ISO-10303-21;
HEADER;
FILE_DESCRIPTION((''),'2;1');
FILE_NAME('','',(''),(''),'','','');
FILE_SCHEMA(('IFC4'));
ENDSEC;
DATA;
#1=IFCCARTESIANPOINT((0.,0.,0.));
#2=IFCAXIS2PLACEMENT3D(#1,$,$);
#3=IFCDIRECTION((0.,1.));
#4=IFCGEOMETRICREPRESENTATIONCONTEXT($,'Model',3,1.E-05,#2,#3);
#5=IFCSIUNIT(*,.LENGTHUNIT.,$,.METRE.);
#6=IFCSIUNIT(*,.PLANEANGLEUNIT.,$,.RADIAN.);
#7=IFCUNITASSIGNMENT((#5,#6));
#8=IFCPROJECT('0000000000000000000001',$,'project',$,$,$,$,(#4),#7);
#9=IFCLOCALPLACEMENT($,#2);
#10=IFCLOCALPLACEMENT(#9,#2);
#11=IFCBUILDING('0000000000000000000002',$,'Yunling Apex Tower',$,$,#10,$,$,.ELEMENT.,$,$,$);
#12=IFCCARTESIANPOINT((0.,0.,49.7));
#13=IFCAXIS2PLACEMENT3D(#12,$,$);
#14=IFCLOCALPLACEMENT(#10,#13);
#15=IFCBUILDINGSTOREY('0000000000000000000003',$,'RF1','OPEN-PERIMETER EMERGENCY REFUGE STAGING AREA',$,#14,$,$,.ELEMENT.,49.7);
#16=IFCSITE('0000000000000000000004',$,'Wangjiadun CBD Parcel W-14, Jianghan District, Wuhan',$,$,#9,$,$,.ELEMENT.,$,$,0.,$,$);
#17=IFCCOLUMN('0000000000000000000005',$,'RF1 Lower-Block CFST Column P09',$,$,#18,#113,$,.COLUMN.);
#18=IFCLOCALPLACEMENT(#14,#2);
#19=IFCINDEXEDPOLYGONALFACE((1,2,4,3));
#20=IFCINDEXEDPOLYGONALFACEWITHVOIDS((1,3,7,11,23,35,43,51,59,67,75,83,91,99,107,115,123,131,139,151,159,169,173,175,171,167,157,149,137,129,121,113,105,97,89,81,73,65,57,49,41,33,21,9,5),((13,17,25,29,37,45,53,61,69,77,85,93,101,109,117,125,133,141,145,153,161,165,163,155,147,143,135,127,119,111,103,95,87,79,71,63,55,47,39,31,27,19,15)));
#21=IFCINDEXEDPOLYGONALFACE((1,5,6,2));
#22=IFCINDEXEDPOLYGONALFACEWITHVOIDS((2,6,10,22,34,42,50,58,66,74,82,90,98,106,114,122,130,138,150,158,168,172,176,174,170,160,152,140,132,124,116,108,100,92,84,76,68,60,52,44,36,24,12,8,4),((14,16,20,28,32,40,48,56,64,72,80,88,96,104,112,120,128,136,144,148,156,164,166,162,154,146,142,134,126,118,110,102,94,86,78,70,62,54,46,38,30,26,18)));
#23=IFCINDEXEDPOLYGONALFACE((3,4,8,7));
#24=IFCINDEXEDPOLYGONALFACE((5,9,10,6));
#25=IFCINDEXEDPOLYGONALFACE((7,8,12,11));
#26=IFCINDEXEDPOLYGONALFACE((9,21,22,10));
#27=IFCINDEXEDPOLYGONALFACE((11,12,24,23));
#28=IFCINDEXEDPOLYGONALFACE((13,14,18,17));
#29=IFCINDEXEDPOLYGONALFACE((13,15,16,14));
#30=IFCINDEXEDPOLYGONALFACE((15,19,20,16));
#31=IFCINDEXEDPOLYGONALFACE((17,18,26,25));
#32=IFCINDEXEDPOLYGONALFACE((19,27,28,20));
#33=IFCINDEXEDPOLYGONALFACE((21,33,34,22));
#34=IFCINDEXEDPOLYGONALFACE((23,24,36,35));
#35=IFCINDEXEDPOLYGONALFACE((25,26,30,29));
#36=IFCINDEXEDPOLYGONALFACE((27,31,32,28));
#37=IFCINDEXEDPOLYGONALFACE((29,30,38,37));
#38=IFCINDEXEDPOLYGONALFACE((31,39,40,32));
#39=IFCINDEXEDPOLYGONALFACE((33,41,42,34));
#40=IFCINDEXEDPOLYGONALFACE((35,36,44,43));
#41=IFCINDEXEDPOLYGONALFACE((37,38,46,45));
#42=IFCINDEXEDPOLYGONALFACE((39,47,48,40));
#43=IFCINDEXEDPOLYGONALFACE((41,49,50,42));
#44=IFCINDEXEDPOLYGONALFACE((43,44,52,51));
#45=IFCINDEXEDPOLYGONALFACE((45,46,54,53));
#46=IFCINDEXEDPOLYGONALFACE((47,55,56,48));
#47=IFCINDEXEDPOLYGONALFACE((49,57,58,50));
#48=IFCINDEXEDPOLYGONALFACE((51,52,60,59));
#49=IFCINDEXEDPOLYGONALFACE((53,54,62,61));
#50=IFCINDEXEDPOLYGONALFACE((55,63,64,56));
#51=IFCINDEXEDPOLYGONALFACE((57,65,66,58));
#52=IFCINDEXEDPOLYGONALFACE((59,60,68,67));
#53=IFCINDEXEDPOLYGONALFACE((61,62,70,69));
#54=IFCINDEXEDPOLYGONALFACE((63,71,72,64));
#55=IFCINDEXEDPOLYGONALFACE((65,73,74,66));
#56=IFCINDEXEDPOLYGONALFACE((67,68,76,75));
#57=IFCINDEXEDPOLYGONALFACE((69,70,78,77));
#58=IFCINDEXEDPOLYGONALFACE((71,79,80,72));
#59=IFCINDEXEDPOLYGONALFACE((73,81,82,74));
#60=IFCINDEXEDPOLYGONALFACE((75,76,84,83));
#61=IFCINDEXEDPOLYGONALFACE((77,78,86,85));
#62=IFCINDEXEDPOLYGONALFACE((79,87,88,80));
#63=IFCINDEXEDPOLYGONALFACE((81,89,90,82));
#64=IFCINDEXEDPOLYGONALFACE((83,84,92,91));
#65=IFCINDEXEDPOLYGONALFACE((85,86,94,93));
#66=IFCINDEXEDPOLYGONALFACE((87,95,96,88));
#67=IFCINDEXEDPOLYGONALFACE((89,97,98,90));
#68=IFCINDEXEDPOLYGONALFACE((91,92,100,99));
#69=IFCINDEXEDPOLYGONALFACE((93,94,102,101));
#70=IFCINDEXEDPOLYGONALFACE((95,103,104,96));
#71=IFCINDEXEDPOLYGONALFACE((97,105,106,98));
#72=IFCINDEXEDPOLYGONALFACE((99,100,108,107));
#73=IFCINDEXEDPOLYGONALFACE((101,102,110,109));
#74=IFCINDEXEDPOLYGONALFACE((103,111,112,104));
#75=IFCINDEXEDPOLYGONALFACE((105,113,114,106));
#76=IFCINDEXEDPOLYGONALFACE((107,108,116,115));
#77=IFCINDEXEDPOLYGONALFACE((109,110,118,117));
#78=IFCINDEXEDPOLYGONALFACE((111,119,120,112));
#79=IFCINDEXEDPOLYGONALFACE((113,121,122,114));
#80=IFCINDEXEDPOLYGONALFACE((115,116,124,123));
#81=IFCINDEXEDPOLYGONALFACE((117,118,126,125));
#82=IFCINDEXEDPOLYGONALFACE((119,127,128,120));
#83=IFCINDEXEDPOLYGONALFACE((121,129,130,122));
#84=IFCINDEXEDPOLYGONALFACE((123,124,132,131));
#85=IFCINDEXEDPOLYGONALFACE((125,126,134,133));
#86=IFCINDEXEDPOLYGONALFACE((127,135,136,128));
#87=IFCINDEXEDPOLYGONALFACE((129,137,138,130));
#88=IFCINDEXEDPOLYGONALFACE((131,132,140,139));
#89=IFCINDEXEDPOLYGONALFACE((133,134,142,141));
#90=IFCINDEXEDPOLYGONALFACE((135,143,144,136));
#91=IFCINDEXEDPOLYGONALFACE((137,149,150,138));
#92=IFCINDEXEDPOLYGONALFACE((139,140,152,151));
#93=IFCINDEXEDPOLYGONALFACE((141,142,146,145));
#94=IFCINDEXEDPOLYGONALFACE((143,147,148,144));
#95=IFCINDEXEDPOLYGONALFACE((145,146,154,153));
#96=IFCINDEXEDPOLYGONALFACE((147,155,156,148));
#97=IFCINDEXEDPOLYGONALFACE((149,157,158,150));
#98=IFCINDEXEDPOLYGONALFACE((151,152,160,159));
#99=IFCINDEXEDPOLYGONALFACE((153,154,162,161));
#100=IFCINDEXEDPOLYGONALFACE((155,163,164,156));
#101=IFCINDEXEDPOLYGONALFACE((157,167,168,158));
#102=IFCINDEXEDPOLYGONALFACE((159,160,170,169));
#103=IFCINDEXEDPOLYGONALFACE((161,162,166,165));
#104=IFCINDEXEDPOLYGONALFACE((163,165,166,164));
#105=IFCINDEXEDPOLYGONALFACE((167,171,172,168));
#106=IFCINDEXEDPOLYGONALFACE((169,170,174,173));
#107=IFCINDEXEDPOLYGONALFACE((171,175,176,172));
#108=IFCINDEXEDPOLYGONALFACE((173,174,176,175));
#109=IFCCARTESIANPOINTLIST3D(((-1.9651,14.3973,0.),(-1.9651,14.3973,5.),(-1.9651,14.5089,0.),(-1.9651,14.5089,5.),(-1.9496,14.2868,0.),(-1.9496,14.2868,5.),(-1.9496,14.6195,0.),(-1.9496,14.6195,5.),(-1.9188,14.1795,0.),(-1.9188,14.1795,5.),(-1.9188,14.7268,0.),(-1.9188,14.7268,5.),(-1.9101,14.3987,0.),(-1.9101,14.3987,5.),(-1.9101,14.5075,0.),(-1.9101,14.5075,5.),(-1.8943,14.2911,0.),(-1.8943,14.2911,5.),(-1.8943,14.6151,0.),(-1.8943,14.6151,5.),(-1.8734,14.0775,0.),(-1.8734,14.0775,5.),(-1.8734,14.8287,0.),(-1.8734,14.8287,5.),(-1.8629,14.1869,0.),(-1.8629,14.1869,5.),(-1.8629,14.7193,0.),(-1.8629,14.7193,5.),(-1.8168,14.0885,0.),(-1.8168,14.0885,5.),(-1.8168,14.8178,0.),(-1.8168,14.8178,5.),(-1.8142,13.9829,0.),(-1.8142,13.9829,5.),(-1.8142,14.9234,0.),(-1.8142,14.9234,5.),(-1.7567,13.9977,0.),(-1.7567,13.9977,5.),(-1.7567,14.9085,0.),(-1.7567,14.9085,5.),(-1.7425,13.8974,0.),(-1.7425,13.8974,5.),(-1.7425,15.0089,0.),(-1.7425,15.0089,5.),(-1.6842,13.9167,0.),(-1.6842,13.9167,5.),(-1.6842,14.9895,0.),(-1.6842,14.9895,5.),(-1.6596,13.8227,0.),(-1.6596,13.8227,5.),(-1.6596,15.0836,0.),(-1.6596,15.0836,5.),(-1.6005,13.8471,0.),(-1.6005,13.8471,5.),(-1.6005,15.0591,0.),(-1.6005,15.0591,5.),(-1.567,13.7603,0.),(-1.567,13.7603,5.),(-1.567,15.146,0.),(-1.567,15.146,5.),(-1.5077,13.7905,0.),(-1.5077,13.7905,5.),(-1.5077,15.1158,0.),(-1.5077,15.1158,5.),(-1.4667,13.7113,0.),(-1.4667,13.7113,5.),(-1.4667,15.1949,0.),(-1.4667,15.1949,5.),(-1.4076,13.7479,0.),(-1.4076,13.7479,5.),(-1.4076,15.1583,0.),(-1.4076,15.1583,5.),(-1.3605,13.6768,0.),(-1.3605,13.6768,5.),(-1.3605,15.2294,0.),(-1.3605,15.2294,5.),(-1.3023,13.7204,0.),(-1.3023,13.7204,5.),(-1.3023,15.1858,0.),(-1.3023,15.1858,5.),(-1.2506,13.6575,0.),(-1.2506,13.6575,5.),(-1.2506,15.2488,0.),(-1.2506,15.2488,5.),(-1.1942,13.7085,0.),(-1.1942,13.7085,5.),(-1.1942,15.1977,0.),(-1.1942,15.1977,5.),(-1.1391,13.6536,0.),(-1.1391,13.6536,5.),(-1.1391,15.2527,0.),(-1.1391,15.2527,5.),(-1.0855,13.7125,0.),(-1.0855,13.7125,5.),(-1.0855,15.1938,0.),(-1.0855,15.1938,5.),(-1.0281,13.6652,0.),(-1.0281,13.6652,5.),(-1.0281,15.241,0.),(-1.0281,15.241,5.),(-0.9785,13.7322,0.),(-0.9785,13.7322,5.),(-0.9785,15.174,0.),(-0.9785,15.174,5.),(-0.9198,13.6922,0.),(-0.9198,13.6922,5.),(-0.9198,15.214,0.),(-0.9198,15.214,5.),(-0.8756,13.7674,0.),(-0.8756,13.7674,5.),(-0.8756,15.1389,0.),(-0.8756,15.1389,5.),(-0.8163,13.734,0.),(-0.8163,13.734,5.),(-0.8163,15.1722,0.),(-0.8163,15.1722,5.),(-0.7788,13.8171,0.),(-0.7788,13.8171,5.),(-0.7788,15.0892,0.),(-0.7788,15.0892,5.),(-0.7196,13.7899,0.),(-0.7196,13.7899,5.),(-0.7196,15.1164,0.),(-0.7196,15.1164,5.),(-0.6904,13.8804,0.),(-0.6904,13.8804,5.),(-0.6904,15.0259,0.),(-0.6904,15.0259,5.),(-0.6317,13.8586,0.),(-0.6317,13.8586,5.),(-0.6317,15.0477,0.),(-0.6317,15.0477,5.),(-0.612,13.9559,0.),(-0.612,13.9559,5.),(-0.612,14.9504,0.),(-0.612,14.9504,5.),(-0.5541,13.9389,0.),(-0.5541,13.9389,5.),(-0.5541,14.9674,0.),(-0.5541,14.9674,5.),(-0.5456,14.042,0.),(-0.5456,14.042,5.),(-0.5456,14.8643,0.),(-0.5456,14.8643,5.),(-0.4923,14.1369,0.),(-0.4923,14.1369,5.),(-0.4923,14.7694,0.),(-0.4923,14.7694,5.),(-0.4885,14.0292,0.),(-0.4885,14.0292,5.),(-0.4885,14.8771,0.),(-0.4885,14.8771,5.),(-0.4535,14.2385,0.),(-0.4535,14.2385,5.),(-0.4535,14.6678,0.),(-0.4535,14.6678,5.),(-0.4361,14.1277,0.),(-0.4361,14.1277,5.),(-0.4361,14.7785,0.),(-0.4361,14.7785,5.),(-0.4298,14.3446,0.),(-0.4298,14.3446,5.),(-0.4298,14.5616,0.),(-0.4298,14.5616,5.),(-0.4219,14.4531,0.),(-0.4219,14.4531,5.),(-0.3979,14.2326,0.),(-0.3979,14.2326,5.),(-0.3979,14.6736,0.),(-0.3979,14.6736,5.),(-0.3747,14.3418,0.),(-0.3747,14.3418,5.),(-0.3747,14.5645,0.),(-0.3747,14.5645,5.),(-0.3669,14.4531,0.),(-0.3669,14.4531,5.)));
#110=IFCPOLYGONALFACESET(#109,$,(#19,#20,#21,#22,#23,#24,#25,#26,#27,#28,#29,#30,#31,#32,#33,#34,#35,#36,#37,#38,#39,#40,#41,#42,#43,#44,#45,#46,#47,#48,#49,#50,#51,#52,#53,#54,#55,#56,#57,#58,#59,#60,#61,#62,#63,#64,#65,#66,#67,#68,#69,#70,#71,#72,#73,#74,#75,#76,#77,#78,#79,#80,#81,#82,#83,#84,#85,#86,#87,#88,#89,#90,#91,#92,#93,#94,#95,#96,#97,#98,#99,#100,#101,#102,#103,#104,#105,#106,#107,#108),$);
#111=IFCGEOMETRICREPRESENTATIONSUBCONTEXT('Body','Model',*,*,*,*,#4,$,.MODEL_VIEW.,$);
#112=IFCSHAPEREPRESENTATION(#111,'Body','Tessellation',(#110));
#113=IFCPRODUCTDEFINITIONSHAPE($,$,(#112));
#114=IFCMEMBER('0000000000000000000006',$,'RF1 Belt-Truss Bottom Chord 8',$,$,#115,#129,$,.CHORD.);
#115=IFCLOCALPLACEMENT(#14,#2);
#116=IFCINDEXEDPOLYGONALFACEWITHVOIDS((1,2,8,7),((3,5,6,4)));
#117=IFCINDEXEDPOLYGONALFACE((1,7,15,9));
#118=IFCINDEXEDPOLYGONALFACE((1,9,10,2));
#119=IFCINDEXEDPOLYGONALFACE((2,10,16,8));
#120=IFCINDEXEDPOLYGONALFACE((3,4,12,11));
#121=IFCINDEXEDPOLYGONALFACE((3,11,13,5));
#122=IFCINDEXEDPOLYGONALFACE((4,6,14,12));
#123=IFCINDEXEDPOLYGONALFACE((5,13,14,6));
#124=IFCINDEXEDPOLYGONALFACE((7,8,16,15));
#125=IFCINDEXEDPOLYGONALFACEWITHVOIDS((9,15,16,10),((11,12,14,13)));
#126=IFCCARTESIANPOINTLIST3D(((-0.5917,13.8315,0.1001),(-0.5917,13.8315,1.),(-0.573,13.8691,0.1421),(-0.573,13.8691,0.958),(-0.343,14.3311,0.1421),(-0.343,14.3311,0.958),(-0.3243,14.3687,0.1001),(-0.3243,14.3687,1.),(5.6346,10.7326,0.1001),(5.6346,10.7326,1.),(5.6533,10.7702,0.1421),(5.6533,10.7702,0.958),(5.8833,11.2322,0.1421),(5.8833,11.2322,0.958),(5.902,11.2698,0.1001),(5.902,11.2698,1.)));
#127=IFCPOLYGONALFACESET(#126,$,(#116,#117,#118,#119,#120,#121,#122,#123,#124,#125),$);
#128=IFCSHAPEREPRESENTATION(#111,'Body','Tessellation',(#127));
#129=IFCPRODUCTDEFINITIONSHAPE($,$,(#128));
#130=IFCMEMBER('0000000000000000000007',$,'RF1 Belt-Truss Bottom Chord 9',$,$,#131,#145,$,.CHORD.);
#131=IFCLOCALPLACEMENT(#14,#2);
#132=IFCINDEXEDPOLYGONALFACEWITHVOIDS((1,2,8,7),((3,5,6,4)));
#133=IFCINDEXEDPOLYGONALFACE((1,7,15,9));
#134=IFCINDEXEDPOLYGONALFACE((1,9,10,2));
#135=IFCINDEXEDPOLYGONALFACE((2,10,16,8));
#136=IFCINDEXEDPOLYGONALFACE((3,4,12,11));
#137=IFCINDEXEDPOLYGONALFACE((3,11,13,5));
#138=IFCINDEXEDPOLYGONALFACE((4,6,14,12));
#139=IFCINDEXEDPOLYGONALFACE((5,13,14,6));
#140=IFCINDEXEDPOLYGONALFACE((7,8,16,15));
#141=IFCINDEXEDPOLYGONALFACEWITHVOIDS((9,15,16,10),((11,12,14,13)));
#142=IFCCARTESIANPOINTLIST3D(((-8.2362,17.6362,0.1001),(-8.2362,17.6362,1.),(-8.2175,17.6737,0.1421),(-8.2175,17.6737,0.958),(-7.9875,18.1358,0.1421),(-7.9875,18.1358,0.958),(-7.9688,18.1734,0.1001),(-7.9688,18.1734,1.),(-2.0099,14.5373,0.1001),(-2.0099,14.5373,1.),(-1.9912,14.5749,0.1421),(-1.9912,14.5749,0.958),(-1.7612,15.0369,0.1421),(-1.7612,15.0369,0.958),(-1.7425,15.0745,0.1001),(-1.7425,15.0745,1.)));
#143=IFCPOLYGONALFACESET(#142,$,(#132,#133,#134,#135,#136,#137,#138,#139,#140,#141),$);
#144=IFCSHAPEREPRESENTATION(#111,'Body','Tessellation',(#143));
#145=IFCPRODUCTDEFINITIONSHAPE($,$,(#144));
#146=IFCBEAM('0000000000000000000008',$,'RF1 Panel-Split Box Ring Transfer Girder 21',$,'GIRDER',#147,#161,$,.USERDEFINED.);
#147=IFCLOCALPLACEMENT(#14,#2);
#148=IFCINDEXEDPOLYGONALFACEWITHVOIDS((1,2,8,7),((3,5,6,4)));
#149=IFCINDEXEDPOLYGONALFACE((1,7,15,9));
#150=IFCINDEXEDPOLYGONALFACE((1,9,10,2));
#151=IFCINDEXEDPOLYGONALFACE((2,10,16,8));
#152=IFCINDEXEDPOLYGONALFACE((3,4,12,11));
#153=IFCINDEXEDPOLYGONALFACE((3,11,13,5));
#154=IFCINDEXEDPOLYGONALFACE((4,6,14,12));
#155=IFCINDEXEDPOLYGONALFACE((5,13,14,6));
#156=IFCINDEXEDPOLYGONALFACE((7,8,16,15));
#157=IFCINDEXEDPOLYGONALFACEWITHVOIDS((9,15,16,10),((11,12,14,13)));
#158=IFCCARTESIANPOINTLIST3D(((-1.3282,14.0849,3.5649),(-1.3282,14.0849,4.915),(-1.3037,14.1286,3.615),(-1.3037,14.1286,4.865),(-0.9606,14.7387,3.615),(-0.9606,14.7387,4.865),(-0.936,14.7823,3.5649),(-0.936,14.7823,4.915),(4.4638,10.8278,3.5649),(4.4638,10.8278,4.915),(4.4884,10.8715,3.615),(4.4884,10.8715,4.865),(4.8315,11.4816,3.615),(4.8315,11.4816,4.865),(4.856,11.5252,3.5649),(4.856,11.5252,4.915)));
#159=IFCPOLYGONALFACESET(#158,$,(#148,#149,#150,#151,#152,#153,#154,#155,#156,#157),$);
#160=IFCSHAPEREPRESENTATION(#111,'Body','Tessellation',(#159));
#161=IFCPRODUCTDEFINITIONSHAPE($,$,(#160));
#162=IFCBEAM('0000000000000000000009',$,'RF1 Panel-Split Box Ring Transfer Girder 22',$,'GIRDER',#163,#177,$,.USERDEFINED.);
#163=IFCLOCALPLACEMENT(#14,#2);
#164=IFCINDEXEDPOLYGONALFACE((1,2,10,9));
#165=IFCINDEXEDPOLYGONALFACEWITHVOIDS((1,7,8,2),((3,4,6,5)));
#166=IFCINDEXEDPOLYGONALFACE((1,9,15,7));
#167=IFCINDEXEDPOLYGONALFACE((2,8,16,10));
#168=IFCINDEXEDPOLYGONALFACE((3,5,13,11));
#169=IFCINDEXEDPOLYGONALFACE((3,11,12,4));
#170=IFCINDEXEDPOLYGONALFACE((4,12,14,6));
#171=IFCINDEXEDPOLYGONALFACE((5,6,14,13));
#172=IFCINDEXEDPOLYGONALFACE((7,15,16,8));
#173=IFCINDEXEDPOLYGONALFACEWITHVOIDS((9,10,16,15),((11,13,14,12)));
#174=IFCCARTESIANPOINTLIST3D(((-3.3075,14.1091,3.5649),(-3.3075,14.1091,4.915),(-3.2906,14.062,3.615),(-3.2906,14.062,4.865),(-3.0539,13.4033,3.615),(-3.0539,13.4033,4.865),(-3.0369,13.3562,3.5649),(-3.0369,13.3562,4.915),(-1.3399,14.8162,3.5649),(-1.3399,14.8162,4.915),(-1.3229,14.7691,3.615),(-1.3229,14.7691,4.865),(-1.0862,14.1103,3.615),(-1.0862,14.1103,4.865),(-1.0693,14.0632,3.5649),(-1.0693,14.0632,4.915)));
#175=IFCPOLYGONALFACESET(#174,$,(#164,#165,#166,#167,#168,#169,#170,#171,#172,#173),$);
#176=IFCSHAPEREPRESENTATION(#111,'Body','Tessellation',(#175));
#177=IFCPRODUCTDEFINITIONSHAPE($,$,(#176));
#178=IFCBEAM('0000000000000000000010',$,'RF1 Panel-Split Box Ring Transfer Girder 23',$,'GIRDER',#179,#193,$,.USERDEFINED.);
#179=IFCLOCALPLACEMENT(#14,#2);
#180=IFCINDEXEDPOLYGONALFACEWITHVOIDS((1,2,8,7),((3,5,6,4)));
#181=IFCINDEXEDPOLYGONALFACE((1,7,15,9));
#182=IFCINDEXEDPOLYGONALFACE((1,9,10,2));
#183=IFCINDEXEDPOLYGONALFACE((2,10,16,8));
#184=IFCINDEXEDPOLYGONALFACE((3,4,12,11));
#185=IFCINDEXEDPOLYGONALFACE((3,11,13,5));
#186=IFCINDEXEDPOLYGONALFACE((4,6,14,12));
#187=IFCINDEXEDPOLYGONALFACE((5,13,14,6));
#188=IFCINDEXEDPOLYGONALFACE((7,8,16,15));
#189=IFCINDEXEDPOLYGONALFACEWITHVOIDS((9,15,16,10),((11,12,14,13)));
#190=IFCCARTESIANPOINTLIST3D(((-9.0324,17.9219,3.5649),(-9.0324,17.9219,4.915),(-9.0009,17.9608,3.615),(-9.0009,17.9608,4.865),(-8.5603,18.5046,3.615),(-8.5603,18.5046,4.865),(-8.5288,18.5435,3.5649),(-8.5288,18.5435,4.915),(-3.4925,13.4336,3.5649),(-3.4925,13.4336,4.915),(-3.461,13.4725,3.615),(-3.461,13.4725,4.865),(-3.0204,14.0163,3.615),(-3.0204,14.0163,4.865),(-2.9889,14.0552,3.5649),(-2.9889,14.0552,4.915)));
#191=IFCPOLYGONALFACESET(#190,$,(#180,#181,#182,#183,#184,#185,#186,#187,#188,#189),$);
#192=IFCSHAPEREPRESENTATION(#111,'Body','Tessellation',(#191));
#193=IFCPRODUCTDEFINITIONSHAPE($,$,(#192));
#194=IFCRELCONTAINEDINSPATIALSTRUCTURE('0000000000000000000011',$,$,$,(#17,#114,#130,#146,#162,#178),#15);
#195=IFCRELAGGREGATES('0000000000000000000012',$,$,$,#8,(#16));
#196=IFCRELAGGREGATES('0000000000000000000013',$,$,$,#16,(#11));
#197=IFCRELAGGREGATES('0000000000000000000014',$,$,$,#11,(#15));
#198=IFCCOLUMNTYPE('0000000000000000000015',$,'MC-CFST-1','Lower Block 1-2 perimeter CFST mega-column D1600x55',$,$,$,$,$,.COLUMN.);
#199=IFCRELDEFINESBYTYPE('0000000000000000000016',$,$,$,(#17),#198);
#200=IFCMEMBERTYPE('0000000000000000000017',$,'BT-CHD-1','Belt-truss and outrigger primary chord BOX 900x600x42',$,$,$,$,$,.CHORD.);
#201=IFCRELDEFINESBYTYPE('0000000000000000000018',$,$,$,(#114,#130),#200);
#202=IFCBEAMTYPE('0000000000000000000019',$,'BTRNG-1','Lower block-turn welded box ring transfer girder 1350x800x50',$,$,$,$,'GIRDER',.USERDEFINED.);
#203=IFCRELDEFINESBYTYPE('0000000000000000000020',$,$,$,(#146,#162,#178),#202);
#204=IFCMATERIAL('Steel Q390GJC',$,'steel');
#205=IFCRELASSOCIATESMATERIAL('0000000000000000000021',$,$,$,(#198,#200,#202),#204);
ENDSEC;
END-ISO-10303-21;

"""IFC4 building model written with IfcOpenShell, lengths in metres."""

from ifc_helpers import new_model, si_unit, direction, frame, origin, origin_2d, place, context, subcontext, project, spatial, hollow_rectangle, hollow_circle, extrude, source, transform, mapped, material, material_profile, profile_set, type_object, element, save


model = new_model("IFC4")

# Units and contexts
model_context = context("Model", 3, precision=1e-05, world=origin(), true_north=direction((0.0, 1.0)))
body_context = subcontext(model_context, "Body", "Model", "MODEL_VIEW")
ifc_project = project(units=[si_unit("LENGTHUNIT", "METRE"), si_unit("PLANEANGLEUNIT", "RADIAN")], contexts=[model_context])

# Site, building, storey
site_placement = place(None, origin())
site = spatial("IfcSite", under=ifc_project, at=site_placement, Name="Wangjiadun CBD Parcel W-14, Jianghan District, Wuhan", CompositionType="ELEMENT", RefElevation=0.0)
building_placement = place(site_placement, origin())
building = spatial("IfcBuilding", under=site, at=building_placement, Name="Yunling Apex Tower", CompositionType="ELEMENT")
storey_placement = place(building_placement, frame((0.0, 0.0, 49.7)))
storey = spatial("IfcBuildingStorey", under=building, at=storey_placement, Name="RF1", Description="OPEN-PERIMETER EMERGENCY REFUGE STAGING AREA", CompositionType="ELEMENT", Elevation=49.7)

# Column
ifc_material_1 = material(Name="Steel Q390GJC", Category="steel")
ifc_material_profile_1 = material_profile(ifc_material_1, hollow_circle(Radius=0.8, WallThickness=0.0549, at=origin_2d()))
ifc_profile_set_1 = profile_set([ifc_material_profile_1], Name="Steel Q390GJC")
column_type = type_object("IfcColumnType", Name="MC-CFST-1", Description="Lower Block 1-2 perimeter CFST mega-column D1600x55", PredefinedType="COLUMN", material=ifc_profile_set_1)
shared_shape_1 = source(origin(), body_context, "Body", "SweptSolid", [
    extrude(hollow_circle(Radius=0.8, WallThickness=0.0549, at=origin_2d()), origin(), (0.0, 0.0, 1.0), 5.0),
])
column_placement = place(storey_placement, frame((-1.167, 14.4531, 0.0), z_axis=(0.0, 0.0, 1.0), x_axis=(1.0, 0.0, 0.0)))
element("IfcColumn", 1, at=column_placement, inside=storey, type_object=column_type, Name="RF1 Lower-Block CFST Column P09", PredefinedType="COLUMN", context=body_context, shape_type="MappedRepresentation", body=[
    mapped(shared_shape_1, transform((0.0, 0.0, 0.0), scale=1.0)),
])

# Members
ifc_material_profile_2 = material_profile(ifc_material_1, hollow_rectangle(XDim=0.6001, YDim=0.8999, WallThickness=0.042, at=origin_2d()))
ifc_profile_set_2 = profile_set([ifc_material_profile_2], Name="Steel Q390GJC")
member_type_1 = type_object("IfcMemberType", Name="BT-CHD-1", Description="Belt-truss and outrigger primary chord BOX 900x600x42", PredefinedType="CHORD", material=ifc_profile_set_2)
shared_shape_2 = source(origin(), body_context, "Body", "SweptSolid", [
    extrude(hollow_rectangle(XDim=0.6001, YDim=0.8999, WallThickness=0.042, at=origin_2d()), origin(), (0.0, 0.0, 1.0), 6.9548),
])
for number, where, z_axis, x_axis, name in (
    (2, (5.7683, 11.0012, 0.55), (-0.895247, 0.44557, 0.0), (-0.44557, -0.895247, 0.0), "RF1 Belt-Truss Bottom Chord 8"),
    (3, (-1.8762, 14.8059, 0.55), (-0.895247, 0.44557, 0.0), (-0.44557, -0.895247, 0.0), "RF1 Belt-Truss Bottom Chord 9"),
):
    element("IfcMember", number, at=place(storey_placement, frame(where, z_axis=z_axis, x_axis=x_axis)), inside=storey, type_object=member_type_1, Name=name, PredefinedType="CHORD", context=body_context, shape_type="MappedRepresentation", body=[
        mapped(shared_shape_2, transform((0.0, 0.0, 0.0), scale=1.0)),
    ])

# Beams
ifc_material_profile_3 = material_profile(ifc_material_1, hollow_rectangle(XDim=0.8, YDim=1.3501, WallThickness=0.05, at=origin_2d()))
ifc_profile_set_3 = profile_set([ifc_material_profile_3], Name="Steel Q390GJC")
beam_type = type_object("IfcBeamType", Name="BTRNG-1", Description="Lower block-turn welded box ring transfer girder 1350x800x50", ElementType="GIRDER", PredefinedType="USERDEFINED", material=ifc_profile_set_3)
shared_shape_3 = source(origin(), body_context, "Body", "SweptSolid", [
    extrude(hollow_rectangle(XDim=0.8, YDim=1.3501, WallThickness=0.05, at=origin_2d()), origin(), (0.0, 0.0, 1.0), 6.645),
])
beam_1_placement = place(storey_placement, frame((4.6599, 11.1765, 4.24), z_axis=(-0.871634, 0.490157, 0.0), x_axis=(-0.490157, -0.871634, 0.0)))
element("IfcBeam", 4, at=beam_1_placement, inside=storey, type_object=beam_type, Name="RF1 Panel-Split Box Ring Transfer Girder 21", ObjectType="GIRDER", PredefinedType="USERDEFINED", context=body_context, shape_type="MappedRepresentation", body=[
    mapped(shared_shape_3, transform((0.0, 0.0, 0.0), scale=1.0)),
])
shared_shape_4 = source(origin(), body_context, "Body", "SweptSolid", [
    extrude(hollow_rectangle(XDim=0.8, YDim=1.3501, WallThickness=0.05, at=origin_2d()), origin(), (0.0, 0.0, 1.0), 2.0908),
])
beam_2_placement = place(storey_placement, frame((-1.2046, 14.4397, 4.24), z_axis=(-0.941082, -0.338178, 0.0), x_axis=(0.338178, -0.941082, 0.0)))
element("IfcBeam", 5, at=beam_2_placement, inside=storey, type_object=beam_type, Name="RF1 Panel-Split Box Ring Transfer Girder 22", ObjectType="GIRDER", PredefinedType="USERDEFINED", context=body_context, shape_type="MappedRepresentation", body=[
    mapped(shared_shape_4, transform((0.0, 0.0, 0.0), scale=1.0)),
])
shared_shape_5 = source(origin(), body_context, "Body", "SweptSolid", [
    extrude(hollow_rectangle(XDim=0.8, YDim=1.3501, WallThickness=0.05, at=origin_2d()), origin(), (0.0, 0.0, 1.0), 7.1299),
])
beam_3_placement = place(storey_placement, frame((-3.2407, 13.7444, 4.24), z_axis=(-0.776992, 0.62951, 0.0), x_axis=(-0.62951, -0.776992, 0.0)))
element("IfcBeam", 6, at=beam_3_placement, inside=storey, type_object=beam_type, Name="RF1 Panel-Split Box Ring Transfer Girder 23", ObjectType="GIRDER", PredefinedType="USERDEFINED", context=body_context, shape_type="MappedRepresentation", body=[
    mapped(shared_shape_5, transform((0.0, 0.0, 0.0), scale=1.0)),
])

save(model, "model.ifc")
